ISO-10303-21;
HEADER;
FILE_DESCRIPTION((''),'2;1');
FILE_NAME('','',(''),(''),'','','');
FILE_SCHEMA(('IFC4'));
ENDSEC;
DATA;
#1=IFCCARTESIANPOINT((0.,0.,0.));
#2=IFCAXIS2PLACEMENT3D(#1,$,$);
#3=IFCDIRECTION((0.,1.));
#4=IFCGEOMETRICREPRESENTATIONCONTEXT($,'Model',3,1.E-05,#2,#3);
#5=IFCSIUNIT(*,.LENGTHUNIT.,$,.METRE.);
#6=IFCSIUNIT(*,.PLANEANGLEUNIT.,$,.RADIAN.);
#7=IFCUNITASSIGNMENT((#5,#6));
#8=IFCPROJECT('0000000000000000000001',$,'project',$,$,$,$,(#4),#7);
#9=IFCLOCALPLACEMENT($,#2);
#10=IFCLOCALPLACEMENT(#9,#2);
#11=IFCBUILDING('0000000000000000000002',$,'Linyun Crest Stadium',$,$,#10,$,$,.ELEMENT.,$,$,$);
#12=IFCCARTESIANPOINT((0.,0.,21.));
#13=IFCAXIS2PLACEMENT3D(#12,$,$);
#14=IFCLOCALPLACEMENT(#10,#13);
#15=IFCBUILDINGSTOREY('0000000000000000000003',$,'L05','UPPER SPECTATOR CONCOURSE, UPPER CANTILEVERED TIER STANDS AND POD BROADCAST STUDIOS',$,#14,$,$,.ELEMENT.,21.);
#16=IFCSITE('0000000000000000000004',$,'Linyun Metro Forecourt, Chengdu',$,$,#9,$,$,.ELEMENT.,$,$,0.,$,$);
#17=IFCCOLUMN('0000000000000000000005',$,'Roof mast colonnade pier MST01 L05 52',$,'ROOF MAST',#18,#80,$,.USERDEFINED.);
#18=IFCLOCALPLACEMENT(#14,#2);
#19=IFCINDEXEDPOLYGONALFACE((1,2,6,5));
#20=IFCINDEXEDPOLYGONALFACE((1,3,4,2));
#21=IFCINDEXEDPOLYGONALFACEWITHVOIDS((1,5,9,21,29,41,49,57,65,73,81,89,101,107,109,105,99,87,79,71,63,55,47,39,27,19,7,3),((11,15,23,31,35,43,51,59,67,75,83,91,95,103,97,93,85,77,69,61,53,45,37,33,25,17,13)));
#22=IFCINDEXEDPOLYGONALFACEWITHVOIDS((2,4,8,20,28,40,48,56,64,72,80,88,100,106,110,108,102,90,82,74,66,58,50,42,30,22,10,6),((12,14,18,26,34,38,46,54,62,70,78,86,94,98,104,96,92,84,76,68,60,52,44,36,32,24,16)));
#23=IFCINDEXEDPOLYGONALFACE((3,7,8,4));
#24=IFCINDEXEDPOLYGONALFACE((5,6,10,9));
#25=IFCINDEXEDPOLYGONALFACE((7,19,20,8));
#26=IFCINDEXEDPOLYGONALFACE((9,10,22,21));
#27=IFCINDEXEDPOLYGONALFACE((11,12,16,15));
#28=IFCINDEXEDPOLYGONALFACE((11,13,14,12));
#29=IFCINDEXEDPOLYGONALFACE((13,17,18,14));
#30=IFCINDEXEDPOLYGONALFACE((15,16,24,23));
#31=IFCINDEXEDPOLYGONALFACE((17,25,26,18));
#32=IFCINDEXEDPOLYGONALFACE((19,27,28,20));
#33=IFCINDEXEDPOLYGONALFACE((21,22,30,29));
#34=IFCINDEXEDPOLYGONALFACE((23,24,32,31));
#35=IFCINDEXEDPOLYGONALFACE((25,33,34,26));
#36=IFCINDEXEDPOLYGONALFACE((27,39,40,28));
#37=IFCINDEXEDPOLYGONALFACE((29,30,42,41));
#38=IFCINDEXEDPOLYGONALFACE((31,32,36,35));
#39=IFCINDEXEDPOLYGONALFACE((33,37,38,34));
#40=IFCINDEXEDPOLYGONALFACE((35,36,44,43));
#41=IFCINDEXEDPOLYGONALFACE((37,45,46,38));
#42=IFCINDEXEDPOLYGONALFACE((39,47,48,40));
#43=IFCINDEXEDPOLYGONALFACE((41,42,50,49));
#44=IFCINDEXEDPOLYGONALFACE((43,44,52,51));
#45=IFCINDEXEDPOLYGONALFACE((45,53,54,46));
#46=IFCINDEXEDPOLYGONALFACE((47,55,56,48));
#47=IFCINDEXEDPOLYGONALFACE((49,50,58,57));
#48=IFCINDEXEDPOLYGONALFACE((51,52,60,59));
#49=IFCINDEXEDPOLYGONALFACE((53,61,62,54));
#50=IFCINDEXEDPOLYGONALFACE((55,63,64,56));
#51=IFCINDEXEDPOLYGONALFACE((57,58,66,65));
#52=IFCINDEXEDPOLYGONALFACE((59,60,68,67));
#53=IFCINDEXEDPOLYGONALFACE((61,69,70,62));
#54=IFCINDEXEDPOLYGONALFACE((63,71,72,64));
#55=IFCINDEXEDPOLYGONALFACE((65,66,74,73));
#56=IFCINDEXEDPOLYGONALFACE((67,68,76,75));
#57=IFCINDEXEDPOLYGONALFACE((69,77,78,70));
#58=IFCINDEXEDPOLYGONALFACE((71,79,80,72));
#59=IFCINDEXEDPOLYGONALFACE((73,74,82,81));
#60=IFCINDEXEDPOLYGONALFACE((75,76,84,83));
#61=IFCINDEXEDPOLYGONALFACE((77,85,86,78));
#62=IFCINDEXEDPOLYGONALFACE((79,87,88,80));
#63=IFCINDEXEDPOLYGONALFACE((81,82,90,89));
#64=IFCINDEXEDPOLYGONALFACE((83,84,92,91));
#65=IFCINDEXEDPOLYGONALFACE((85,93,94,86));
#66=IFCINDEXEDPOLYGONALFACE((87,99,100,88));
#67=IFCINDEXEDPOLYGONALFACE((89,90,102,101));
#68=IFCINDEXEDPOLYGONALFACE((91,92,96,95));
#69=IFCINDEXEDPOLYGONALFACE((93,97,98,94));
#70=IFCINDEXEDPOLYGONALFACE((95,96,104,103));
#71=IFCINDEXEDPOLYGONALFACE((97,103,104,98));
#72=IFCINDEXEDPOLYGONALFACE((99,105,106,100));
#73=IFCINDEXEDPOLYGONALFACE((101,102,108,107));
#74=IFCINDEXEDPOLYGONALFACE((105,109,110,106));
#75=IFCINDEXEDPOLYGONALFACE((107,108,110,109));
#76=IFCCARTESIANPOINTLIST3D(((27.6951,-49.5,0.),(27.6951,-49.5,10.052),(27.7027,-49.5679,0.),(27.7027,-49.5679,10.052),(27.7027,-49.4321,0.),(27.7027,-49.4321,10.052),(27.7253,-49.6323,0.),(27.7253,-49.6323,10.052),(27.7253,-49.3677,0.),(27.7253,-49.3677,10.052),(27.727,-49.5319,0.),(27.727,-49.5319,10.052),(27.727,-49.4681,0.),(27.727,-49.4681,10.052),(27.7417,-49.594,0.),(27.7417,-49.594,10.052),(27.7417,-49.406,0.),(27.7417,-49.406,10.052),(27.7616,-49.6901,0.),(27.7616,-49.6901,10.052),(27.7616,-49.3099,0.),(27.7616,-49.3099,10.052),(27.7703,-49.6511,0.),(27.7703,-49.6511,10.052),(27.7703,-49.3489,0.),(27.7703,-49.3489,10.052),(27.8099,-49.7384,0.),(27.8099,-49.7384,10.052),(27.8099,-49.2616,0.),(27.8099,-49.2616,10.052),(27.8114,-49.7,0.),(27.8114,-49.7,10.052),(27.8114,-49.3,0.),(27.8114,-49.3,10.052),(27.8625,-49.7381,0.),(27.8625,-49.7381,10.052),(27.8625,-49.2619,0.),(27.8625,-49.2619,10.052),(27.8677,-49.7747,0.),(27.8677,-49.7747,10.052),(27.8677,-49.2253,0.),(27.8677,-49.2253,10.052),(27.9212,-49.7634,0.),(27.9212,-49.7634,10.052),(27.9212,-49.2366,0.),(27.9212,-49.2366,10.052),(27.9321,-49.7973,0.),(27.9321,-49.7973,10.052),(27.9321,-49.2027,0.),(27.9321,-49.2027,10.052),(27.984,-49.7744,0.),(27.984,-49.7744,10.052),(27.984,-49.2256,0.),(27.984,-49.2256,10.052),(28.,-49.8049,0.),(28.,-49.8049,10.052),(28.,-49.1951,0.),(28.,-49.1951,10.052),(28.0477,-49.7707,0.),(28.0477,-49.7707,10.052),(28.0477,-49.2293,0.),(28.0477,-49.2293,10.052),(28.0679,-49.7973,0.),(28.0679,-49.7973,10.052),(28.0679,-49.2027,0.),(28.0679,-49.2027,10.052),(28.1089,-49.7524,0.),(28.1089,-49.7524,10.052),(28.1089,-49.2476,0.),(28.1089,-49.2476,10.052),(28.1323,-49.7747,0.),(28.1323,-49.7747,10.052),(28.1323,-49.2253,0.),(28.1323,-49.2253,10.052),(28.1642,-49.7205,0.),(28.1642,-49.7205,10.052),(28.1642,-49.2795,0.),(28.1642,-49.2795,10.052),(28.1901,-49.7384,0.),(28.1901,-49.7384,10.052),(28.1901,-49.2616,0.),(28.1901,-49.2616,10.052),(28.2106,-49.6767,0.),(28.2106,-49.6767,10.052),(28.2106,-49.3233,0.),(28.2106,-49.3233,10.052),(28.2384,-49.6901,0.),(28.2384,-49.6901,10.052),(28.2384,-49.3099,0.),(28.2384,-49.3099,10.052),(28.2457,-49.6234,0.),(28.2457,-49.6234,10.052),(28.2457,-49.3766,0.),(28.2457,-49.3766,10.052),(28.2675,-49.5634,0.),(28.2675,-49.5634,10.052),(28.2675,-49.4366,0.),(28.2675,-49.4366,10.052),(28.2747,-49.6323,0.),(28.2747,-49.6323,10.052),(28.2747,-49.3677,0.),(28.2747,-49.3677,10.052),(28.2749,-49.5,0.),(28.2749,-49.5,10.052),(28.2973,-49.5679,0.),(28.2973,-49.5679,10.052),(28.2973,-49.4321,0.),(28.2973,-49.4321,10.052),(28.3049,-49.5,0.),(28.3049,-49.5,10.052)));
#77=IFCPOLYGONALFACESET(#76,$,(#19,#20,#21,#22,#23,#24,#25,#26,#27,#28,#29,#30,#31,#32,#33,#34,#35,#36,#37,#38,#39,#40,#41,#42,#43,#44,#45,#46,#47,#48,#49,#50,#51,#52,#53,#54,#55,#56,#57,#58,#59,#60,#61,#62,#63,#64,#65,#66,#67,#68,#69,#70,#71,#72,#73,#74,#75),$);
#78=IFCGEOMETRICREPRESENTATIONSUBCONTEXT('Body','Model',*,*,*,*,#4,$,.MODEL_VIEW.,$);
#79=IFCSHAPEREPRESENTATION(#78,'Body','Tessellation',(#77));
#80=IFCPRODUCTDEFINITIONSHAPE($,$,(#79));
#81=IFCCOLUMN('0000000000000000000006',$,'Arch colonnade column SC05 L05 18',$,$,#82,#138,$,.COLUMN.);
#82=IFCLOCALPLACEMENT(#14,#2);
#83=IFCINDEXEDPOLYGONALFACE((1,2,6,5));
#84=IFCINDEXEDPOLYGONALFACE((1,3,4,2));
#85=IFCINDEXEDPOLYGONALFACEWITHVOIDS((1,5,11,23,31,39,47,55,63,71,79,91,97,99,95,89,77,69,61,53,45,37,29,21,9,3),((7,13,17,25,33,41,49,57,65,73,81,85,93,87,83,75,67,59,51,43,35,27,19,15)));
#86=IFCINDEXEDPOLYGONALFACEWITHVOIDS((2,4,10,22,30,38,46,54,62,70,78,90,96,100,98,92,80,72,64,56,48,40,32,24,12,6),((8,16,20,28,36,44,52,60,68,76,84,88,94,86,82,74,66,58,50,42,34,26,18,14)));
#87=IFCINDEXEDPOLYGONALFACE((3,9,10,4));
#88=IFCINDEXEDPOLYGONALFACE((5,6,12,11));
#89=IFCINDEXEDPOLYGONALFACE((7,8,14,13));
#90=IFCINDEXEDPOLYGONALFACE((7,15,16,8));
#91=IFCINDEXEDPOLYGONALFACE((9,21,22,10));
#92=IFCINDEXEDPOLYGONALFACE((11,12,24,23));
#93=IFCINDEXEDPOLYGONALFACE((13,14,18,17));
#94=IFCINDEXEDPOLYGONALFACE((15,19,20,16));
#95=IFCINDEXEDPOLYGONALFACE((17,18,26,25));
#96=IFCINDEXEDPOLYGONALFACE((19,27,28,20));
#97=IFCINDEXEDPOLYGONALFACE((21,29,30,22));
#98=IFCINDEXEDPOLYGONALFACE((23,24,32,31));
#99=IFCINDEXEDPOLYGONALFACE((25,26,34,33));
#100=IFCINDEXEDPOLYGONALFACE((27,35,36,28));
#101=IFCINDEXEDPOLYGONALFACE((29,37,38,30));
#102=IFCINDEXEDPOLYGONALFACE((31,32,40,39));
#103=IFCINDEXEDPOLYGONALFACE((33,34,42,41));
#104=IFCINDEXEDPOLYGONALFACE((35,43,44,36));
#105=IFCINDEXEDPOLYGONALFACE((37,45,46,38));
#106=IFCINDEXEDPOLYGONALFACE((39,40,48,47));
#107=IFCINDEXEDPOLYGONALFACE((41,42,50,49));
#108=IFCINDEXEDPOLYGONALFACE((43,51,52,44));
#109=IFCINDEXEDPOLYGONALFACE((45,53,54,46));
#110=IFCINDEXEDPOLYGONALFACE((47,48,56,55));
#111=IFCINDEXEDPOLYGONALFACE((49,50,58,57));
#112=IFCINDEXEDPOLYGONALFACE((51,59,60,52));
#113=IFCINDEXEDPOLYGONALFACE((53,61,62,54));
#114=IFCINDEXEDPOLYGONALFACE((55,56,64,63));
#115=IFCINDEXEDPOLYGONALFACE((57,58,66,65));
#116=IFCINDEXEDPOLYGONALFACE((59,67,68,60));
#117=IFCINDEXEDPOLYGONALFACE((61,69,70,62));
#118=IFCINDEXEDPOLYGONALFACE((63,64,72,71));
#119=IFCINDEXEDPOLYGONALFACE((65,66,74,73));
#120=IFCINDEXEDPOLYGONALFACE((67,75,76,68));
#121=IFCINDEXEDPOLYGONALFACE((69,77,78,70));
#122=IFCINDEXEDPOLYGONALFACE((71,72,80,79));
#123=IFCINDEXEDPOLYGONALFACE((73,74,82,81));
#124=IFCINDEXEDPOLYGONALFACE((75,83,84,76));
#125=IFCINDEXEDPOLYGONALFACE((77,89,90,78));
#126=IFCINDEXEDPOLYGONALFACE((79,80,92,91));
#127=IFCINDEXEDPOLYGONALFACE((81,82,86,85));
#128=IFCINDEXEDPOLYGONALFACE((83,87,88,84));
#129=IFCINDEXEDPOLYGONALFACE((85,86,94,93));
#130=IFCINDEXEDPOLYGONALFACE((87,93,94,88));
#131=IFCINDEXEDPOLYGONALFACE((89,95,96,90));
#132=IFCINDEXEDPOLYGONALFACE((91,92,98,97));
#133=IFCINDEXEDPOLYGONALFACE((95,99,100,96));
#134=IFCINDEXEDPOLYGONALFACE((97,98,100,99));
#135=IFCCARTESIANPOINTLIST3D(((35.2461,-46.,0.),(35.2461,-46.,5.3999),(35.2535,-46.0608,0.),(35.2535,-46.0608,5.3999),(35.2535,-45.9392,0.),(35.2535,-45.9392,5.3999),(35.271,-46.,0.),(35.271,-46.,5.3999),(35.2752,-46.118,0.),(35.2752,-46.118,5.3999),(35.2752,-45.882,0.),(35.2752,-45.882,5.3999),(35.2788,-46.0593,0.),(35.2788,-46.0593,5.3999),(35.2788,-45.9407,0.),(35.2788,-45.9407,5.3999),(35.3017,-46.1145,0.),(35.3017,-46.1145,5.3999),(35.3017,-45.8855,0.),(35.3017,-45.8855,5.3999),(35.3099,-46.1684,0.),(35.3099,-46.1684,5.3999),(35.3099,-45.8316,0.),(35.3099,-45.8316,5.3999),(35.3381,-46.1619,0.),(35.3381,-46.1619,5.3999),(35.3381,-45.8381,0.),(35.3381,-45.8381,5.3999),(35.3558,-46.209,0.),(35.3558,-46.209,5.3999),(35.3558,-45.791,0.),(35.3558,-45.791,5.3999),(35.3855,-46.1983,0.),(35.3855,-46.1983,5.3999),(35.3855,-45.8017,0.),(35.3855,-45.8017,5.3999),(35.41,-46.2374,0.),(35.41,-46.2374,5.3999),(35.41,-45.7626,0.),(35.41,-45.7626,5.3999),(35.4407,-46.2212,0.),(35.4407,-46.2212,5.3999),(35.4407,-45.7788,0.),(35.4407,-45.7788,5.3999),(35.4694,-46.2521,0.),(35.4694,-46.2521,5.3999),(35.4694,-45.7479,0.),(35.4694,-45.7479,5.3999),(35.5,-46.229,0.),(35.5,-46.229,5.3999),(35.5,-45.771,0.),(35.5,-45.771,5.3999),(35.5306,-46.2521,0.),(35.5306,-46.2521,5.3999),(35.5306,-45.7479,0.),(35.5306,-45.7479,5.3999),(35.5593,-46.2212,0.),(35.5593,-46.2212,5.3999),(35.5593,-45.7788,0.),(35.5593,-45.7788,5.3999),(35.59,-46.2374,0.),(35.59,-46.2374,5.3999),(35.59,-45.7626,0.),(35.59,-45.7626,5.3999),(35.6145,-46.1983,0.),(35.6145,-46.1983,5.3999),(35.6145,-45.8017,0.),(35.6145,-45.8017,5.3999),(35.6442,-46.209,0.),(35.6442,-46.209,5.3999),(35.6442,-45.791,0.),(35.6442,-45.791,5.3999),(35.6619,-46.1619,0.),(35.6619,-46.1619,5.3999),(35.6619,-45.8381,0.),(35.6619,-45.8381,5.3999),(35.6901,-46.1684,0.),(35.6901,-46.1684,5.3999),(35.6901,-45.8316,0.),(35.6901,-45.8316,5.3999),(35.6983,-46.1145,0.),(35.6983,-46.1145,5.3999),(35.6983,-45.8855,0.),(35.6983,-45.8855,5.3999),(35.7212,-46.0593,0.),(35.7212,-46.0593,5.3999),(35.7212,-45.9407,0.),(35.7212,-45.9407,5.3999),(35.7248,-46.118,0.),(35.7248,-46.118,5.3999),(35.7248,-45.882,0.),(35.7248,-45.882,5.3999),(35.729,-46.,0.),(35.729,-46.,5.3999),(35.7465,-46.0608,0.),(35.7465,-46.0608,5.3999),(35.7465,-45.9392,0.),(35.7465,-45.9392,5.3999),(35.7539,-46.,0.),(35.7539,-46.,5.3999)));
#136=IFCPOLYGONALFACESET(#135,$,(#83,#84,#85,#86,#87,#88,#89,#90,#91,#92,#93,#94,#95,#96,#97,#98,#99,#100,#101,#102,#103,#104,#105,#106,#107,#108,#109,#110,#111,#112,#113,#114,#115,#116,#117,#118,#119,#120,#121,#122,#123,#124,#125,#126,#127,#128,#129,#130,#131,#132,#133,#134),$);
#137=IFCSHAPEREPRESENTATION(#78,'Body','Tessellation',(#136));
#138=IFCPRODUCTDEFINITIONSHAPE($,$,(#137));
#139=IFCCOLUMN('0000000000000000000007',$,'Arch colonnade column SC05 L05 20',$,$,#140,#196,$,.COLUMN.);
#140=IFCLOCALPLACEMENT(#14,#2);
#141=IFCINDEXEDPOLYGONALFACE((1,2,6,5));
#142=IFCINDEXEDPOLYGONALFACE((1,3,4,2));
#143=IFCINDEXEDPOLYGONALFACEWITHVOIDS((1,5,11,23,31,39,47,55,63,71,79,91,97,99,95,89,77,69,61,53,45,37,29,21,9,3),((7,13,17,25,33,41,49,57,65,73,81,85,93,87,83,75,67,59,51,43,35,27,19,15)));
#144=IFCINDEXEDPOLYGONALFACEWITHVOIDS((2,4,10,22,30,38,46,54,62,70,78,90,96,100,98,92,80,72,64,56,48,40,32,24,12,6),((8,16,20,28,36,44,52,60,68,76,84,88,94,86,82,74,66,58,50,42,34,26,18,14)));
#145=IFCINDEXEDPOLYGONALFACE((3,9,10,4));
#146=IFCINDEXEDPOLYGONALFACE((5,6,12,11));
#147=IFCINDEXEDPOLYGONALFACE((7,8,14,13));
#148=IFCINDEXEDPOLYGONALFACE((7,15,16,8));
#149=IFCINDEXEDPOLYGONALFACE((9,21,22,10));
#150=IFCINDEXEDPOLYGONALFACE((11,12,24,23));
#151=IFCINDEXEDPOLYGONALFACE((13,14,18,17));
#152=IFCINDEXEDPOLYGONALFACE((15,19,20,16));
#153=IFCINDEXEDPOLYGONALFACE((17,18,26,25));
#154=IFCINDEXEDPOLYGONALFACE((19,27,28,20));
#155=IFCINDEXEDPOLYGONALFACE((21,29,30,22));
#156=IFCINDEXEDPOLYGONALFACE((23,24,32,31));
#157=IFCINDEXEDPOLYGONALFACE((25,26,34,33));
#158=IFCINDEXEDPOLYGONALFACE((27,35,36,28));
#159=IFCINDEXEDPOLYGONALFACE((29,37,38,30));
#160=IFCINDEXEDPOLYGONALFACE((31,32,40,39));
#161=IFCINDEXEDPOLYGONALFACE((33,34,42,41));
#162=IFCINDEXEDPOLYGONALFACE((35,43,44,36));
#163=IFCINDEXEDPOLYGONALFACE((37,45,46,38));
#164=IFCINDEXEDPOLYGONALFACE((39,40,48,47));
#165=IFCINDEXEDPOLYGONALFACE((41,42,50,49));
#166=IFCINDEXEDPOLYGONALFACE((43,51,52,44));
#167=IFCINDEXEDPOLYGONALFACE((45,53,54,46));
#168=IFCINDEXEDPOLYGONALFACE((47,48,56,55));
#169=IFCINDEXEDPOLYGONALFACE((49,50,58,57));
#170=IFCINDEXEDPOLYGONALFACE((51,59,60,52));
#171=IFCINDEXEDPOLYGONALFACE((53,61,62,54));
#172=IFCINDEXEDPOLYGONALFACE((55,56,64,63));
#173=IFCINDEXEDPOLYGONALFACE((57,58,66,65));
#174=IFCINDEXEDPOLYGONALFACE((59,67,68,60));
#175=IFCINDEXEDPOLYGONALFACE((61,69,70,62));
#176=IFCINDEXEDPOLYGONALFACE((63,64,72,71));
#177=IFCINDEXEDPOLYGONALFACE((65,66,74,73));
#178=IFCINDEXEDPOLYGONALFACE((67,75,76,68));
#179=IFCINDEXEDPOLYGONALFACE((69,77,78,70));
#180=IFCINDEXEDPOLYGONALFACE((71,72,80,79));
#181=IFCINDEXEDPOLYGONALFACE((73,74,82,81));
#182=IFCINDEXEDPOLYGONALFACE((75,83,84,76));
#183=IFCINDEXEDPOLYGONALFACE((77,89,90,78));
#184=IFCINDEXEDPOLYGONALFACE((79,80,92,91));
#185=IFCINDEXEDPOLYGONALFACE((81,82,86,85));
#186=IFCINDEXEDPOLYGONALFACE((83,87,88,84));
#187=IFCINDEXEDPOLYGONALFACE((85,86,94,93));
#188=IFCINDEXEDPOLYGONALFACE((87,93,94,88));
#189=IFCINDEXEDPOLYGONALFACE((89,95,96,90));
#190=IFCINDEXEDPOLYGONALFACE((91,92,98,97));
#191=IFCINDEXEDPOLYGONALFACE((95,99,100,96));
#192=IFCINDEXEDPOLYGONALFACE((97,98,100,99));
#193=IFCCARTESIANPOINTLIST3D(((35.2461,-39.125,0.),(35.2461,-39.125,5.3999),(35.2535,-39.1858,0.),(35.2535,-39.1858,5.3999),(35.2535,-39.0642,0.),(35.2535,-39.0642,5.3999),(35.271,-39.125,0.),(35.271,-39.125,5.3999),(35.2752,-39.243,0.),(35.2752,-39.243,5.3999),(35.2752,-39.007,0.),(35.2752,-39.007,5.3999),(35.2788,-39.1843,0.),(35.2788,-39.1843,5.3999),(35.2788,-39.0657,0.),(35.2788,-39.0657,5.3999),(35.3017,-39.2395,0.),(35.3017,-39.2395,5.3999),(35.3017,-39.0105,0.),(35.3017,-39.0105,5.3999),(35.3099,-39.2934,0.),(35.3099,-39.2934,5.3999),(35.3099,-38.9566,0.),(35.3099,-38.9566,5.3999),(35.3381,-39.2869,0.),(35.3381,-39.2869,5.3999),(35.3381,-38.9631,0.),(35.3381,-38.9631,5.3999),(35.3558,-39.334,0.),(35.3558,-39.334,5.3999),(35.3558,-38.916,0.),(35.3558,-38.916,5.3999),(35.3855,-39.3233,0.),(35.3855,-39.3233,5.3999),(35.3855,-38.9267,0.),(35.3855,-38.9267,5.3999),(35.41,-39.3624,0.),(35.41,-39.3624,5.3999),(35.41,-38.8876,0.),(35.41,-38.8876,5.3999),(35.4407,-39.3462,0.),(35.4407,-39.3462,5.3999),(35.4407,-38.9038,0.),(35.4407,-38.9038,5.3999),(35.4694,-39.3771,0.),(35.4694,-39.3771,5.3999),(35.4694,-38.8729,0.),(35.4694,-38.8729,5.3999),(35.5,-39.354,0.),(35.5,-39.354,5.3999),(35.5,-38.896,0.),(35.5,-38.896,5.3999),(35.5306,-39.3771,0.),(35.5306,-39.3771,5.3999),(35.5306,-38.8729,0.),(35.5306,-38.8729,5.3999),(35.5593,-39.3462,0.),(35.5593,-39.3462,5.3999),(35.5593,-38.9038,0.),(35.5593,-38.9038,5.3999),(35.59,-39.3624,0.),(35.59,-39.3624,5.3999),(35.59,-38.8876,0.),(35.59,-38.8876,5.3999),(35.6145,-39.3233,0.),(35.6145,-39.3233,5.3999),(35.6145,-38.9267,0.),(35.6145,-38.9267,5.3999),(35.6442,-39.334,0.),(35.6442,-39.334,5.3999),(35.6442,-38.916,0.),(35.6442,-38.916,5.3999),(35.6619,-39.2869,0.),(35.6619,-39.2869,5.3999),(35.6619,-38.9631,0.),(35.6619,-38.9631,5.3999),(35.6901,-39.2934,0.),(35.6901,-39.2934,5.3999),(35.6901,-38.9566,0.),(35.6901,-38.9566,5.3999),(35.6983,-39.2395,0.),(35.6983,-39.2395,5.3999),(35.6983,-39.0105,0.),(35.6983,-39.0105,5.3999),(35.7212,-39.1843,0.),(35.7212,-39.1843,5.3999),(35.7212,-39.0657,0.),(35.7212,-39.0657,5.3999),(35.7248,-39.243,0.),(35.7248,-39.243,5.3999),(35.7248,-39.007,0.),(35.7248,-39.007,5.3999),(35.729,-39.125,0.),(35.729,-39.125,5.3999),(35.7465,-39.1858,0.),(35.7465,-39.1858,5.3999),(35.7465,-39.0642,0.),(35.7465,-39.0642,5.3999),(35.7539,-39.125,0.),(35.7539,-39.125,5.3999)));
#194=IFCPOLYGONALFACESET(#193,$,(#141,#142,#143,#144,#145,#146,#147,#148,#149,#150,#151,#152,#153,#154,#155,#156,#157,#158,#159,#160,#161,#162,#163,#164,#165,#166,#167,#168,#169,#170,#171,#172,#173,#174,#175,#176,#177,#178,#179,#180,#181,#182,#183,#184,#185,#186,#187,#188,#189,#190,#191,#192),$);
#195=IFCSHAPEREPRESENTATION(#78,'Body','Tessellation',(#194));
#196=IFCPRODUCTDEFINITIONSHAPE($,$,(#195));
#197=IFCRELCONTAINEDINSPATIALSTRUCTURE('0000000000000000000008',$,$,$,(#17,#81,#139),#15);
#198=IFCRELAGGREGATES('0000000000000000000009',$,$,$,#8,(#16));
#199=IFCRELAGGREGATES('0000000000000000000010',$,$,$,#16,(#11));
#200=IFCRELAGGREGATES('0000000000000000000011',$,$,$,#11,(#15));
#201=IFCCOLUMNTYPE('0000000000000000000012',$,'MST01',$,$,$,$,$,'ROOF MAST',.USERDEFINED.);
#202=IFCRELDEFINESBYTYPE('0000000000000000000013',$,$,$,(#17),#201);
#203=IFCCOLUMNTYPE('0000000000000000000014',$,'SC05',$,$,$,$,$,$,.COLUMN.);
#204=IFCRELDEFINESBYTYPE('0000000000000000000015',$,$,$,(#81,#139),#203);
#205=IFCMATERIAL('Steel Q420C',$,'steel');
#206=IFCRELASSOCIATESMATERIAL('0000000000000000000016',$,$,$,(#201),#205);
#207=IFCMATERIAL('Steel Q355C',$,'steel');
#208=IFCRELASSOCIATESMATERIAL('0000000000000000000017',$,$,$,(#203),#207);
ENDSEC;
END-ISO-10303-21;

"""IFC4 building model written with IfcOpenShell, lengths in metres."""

from ifc_helpers import new_model, si_unit, direction, frame, origin, origin_2d, place, context, subcontext, project, spatial, hollow_circle, extrude, material, material_profile, profile_set, type_object, element, save


model = new_model("IFC4")

# Units and contexts
model_context = context("Model", 3, precision=1e-05, world=origin(), true_north=direction((0.0, 1.0)))
body_context = subcontext(model_context, "Body", "Model", "MODEL_VIEW")
ifc_project = project(units=[si_unit("LENGTHUNIT", "METRE"), si_unit("PLANEANGLEUNIT", "RADIAN")], contexts=[model_context])

# Site, building, storey
site_placement = place(None, origin())
site = spatial("IfcSite", under=ifc_project, at=site_placement, Name="Linyun Metro Forecourt, Chengdu", CompositionType="ELEMENT", RefElevation=0.0)
building_placement = place(site_placement, origin())
building = spatial("IfcBuilding", under=site, at=building_placement, Name="Linyun Crest Stadium", CompositionType="ELEMENT")
storey_placement = place(building_placement, frame((0.0, 0.0, 21.0)))
storey = spatial("IfcBuildingStorey", under=building, at=storey_placement, Name="L05", Description="UPPER SPECTATOR CONCOURSE, UPPER CANTILEVERED TIER STANDS AND POD BROADCAST STUDIOS", CompositionType="ELEMENT", Elevation=21.0)

# Columns
ifc_material_1 = material(Name="Steel Q420C", Category="steel")
ifc_material_profile_1 = material_profile(ifc_material_1, hollow_circle(Radius=0.3049, WallThickness=0.03, at=origin_2d()), Name="CHS 610x30")
ifc_profile_set_1 = profile_set([ifc_material_profile_1], Name="Steel Q420C")
column_type_1 = type_object("IfcColumnType", Name="MST01", ElementType="ROOF MAST", PredefinedType="USERDEFINED", material=ifc_profile_set_1)
column_placement = place(storey_placement, frame((28.0, -49.5, 0.0), z_axis=(0.0, 0.0, 1.0), x_axis=(1.0, 0.0, 0.0)))
element("IfcColumn", 1, at=column_placement, inside=storey, type_object=column_type_1, Name="Roof mast colonnade pier MST01 L05 52", ObjectType="ROOF MAST", PredefinedType="USERDEFINED", context=body_context, shape_type="SweptSolid", body=[
    extrude(hollow_circle(Radius=0.3049, WallThickness=0.03, at=origin_2d()), origin(), (0.0, 0.0, 1.0), 10.052),
])
ifc_material_2 = material(Name="Steel Q355C", Category="steel")
ifc_material_profile_2 = material_profile(ifc_material_2, hollow_circle(Radius=0.2539, WallThickness=0.0249, at=origin_2d()), Name="CHS 508x25")
ifc_profile_set_2 = profile_set([ifc_material_profile_2], Name="Steel Q355C")
column_type_2 = type_object("IfcColumnType", Name="SC05", PredefinedType="COLUMN", material=ifc_profile_set_2)
for number, where, z_axis, x_axis, name in (
    (2, (35.5, -46.0, 0.0), (0.0, 0.0, 1.0), (1.0, 0.0, 0.0), "Arch colonnade column SC05 L05 18"),
    (3, (35.5, -39.125, 0.0), (0.0, 0.0, 1.0), (1.0, 0.0, 0.0), "Arch colonnade column SC05 L05 20"),
):
    element("IfcColumn", number, at=place(storey_placement, frame(where, z_axis=z_axis, x_axis=x_axis)), inside=storey, type_object=column_type_2, Name=name, PredefinedType="COLUMN", context=body_context, shape_type="SweptSolid", body=[
        extrude(hollow_circle(Radius=0.2539, WallThickness=0.0249, at=origin_2d()), origin(), (0.0, 0.0, 1.0), 5.3999),
    ])

save(model, "model.ifc")
